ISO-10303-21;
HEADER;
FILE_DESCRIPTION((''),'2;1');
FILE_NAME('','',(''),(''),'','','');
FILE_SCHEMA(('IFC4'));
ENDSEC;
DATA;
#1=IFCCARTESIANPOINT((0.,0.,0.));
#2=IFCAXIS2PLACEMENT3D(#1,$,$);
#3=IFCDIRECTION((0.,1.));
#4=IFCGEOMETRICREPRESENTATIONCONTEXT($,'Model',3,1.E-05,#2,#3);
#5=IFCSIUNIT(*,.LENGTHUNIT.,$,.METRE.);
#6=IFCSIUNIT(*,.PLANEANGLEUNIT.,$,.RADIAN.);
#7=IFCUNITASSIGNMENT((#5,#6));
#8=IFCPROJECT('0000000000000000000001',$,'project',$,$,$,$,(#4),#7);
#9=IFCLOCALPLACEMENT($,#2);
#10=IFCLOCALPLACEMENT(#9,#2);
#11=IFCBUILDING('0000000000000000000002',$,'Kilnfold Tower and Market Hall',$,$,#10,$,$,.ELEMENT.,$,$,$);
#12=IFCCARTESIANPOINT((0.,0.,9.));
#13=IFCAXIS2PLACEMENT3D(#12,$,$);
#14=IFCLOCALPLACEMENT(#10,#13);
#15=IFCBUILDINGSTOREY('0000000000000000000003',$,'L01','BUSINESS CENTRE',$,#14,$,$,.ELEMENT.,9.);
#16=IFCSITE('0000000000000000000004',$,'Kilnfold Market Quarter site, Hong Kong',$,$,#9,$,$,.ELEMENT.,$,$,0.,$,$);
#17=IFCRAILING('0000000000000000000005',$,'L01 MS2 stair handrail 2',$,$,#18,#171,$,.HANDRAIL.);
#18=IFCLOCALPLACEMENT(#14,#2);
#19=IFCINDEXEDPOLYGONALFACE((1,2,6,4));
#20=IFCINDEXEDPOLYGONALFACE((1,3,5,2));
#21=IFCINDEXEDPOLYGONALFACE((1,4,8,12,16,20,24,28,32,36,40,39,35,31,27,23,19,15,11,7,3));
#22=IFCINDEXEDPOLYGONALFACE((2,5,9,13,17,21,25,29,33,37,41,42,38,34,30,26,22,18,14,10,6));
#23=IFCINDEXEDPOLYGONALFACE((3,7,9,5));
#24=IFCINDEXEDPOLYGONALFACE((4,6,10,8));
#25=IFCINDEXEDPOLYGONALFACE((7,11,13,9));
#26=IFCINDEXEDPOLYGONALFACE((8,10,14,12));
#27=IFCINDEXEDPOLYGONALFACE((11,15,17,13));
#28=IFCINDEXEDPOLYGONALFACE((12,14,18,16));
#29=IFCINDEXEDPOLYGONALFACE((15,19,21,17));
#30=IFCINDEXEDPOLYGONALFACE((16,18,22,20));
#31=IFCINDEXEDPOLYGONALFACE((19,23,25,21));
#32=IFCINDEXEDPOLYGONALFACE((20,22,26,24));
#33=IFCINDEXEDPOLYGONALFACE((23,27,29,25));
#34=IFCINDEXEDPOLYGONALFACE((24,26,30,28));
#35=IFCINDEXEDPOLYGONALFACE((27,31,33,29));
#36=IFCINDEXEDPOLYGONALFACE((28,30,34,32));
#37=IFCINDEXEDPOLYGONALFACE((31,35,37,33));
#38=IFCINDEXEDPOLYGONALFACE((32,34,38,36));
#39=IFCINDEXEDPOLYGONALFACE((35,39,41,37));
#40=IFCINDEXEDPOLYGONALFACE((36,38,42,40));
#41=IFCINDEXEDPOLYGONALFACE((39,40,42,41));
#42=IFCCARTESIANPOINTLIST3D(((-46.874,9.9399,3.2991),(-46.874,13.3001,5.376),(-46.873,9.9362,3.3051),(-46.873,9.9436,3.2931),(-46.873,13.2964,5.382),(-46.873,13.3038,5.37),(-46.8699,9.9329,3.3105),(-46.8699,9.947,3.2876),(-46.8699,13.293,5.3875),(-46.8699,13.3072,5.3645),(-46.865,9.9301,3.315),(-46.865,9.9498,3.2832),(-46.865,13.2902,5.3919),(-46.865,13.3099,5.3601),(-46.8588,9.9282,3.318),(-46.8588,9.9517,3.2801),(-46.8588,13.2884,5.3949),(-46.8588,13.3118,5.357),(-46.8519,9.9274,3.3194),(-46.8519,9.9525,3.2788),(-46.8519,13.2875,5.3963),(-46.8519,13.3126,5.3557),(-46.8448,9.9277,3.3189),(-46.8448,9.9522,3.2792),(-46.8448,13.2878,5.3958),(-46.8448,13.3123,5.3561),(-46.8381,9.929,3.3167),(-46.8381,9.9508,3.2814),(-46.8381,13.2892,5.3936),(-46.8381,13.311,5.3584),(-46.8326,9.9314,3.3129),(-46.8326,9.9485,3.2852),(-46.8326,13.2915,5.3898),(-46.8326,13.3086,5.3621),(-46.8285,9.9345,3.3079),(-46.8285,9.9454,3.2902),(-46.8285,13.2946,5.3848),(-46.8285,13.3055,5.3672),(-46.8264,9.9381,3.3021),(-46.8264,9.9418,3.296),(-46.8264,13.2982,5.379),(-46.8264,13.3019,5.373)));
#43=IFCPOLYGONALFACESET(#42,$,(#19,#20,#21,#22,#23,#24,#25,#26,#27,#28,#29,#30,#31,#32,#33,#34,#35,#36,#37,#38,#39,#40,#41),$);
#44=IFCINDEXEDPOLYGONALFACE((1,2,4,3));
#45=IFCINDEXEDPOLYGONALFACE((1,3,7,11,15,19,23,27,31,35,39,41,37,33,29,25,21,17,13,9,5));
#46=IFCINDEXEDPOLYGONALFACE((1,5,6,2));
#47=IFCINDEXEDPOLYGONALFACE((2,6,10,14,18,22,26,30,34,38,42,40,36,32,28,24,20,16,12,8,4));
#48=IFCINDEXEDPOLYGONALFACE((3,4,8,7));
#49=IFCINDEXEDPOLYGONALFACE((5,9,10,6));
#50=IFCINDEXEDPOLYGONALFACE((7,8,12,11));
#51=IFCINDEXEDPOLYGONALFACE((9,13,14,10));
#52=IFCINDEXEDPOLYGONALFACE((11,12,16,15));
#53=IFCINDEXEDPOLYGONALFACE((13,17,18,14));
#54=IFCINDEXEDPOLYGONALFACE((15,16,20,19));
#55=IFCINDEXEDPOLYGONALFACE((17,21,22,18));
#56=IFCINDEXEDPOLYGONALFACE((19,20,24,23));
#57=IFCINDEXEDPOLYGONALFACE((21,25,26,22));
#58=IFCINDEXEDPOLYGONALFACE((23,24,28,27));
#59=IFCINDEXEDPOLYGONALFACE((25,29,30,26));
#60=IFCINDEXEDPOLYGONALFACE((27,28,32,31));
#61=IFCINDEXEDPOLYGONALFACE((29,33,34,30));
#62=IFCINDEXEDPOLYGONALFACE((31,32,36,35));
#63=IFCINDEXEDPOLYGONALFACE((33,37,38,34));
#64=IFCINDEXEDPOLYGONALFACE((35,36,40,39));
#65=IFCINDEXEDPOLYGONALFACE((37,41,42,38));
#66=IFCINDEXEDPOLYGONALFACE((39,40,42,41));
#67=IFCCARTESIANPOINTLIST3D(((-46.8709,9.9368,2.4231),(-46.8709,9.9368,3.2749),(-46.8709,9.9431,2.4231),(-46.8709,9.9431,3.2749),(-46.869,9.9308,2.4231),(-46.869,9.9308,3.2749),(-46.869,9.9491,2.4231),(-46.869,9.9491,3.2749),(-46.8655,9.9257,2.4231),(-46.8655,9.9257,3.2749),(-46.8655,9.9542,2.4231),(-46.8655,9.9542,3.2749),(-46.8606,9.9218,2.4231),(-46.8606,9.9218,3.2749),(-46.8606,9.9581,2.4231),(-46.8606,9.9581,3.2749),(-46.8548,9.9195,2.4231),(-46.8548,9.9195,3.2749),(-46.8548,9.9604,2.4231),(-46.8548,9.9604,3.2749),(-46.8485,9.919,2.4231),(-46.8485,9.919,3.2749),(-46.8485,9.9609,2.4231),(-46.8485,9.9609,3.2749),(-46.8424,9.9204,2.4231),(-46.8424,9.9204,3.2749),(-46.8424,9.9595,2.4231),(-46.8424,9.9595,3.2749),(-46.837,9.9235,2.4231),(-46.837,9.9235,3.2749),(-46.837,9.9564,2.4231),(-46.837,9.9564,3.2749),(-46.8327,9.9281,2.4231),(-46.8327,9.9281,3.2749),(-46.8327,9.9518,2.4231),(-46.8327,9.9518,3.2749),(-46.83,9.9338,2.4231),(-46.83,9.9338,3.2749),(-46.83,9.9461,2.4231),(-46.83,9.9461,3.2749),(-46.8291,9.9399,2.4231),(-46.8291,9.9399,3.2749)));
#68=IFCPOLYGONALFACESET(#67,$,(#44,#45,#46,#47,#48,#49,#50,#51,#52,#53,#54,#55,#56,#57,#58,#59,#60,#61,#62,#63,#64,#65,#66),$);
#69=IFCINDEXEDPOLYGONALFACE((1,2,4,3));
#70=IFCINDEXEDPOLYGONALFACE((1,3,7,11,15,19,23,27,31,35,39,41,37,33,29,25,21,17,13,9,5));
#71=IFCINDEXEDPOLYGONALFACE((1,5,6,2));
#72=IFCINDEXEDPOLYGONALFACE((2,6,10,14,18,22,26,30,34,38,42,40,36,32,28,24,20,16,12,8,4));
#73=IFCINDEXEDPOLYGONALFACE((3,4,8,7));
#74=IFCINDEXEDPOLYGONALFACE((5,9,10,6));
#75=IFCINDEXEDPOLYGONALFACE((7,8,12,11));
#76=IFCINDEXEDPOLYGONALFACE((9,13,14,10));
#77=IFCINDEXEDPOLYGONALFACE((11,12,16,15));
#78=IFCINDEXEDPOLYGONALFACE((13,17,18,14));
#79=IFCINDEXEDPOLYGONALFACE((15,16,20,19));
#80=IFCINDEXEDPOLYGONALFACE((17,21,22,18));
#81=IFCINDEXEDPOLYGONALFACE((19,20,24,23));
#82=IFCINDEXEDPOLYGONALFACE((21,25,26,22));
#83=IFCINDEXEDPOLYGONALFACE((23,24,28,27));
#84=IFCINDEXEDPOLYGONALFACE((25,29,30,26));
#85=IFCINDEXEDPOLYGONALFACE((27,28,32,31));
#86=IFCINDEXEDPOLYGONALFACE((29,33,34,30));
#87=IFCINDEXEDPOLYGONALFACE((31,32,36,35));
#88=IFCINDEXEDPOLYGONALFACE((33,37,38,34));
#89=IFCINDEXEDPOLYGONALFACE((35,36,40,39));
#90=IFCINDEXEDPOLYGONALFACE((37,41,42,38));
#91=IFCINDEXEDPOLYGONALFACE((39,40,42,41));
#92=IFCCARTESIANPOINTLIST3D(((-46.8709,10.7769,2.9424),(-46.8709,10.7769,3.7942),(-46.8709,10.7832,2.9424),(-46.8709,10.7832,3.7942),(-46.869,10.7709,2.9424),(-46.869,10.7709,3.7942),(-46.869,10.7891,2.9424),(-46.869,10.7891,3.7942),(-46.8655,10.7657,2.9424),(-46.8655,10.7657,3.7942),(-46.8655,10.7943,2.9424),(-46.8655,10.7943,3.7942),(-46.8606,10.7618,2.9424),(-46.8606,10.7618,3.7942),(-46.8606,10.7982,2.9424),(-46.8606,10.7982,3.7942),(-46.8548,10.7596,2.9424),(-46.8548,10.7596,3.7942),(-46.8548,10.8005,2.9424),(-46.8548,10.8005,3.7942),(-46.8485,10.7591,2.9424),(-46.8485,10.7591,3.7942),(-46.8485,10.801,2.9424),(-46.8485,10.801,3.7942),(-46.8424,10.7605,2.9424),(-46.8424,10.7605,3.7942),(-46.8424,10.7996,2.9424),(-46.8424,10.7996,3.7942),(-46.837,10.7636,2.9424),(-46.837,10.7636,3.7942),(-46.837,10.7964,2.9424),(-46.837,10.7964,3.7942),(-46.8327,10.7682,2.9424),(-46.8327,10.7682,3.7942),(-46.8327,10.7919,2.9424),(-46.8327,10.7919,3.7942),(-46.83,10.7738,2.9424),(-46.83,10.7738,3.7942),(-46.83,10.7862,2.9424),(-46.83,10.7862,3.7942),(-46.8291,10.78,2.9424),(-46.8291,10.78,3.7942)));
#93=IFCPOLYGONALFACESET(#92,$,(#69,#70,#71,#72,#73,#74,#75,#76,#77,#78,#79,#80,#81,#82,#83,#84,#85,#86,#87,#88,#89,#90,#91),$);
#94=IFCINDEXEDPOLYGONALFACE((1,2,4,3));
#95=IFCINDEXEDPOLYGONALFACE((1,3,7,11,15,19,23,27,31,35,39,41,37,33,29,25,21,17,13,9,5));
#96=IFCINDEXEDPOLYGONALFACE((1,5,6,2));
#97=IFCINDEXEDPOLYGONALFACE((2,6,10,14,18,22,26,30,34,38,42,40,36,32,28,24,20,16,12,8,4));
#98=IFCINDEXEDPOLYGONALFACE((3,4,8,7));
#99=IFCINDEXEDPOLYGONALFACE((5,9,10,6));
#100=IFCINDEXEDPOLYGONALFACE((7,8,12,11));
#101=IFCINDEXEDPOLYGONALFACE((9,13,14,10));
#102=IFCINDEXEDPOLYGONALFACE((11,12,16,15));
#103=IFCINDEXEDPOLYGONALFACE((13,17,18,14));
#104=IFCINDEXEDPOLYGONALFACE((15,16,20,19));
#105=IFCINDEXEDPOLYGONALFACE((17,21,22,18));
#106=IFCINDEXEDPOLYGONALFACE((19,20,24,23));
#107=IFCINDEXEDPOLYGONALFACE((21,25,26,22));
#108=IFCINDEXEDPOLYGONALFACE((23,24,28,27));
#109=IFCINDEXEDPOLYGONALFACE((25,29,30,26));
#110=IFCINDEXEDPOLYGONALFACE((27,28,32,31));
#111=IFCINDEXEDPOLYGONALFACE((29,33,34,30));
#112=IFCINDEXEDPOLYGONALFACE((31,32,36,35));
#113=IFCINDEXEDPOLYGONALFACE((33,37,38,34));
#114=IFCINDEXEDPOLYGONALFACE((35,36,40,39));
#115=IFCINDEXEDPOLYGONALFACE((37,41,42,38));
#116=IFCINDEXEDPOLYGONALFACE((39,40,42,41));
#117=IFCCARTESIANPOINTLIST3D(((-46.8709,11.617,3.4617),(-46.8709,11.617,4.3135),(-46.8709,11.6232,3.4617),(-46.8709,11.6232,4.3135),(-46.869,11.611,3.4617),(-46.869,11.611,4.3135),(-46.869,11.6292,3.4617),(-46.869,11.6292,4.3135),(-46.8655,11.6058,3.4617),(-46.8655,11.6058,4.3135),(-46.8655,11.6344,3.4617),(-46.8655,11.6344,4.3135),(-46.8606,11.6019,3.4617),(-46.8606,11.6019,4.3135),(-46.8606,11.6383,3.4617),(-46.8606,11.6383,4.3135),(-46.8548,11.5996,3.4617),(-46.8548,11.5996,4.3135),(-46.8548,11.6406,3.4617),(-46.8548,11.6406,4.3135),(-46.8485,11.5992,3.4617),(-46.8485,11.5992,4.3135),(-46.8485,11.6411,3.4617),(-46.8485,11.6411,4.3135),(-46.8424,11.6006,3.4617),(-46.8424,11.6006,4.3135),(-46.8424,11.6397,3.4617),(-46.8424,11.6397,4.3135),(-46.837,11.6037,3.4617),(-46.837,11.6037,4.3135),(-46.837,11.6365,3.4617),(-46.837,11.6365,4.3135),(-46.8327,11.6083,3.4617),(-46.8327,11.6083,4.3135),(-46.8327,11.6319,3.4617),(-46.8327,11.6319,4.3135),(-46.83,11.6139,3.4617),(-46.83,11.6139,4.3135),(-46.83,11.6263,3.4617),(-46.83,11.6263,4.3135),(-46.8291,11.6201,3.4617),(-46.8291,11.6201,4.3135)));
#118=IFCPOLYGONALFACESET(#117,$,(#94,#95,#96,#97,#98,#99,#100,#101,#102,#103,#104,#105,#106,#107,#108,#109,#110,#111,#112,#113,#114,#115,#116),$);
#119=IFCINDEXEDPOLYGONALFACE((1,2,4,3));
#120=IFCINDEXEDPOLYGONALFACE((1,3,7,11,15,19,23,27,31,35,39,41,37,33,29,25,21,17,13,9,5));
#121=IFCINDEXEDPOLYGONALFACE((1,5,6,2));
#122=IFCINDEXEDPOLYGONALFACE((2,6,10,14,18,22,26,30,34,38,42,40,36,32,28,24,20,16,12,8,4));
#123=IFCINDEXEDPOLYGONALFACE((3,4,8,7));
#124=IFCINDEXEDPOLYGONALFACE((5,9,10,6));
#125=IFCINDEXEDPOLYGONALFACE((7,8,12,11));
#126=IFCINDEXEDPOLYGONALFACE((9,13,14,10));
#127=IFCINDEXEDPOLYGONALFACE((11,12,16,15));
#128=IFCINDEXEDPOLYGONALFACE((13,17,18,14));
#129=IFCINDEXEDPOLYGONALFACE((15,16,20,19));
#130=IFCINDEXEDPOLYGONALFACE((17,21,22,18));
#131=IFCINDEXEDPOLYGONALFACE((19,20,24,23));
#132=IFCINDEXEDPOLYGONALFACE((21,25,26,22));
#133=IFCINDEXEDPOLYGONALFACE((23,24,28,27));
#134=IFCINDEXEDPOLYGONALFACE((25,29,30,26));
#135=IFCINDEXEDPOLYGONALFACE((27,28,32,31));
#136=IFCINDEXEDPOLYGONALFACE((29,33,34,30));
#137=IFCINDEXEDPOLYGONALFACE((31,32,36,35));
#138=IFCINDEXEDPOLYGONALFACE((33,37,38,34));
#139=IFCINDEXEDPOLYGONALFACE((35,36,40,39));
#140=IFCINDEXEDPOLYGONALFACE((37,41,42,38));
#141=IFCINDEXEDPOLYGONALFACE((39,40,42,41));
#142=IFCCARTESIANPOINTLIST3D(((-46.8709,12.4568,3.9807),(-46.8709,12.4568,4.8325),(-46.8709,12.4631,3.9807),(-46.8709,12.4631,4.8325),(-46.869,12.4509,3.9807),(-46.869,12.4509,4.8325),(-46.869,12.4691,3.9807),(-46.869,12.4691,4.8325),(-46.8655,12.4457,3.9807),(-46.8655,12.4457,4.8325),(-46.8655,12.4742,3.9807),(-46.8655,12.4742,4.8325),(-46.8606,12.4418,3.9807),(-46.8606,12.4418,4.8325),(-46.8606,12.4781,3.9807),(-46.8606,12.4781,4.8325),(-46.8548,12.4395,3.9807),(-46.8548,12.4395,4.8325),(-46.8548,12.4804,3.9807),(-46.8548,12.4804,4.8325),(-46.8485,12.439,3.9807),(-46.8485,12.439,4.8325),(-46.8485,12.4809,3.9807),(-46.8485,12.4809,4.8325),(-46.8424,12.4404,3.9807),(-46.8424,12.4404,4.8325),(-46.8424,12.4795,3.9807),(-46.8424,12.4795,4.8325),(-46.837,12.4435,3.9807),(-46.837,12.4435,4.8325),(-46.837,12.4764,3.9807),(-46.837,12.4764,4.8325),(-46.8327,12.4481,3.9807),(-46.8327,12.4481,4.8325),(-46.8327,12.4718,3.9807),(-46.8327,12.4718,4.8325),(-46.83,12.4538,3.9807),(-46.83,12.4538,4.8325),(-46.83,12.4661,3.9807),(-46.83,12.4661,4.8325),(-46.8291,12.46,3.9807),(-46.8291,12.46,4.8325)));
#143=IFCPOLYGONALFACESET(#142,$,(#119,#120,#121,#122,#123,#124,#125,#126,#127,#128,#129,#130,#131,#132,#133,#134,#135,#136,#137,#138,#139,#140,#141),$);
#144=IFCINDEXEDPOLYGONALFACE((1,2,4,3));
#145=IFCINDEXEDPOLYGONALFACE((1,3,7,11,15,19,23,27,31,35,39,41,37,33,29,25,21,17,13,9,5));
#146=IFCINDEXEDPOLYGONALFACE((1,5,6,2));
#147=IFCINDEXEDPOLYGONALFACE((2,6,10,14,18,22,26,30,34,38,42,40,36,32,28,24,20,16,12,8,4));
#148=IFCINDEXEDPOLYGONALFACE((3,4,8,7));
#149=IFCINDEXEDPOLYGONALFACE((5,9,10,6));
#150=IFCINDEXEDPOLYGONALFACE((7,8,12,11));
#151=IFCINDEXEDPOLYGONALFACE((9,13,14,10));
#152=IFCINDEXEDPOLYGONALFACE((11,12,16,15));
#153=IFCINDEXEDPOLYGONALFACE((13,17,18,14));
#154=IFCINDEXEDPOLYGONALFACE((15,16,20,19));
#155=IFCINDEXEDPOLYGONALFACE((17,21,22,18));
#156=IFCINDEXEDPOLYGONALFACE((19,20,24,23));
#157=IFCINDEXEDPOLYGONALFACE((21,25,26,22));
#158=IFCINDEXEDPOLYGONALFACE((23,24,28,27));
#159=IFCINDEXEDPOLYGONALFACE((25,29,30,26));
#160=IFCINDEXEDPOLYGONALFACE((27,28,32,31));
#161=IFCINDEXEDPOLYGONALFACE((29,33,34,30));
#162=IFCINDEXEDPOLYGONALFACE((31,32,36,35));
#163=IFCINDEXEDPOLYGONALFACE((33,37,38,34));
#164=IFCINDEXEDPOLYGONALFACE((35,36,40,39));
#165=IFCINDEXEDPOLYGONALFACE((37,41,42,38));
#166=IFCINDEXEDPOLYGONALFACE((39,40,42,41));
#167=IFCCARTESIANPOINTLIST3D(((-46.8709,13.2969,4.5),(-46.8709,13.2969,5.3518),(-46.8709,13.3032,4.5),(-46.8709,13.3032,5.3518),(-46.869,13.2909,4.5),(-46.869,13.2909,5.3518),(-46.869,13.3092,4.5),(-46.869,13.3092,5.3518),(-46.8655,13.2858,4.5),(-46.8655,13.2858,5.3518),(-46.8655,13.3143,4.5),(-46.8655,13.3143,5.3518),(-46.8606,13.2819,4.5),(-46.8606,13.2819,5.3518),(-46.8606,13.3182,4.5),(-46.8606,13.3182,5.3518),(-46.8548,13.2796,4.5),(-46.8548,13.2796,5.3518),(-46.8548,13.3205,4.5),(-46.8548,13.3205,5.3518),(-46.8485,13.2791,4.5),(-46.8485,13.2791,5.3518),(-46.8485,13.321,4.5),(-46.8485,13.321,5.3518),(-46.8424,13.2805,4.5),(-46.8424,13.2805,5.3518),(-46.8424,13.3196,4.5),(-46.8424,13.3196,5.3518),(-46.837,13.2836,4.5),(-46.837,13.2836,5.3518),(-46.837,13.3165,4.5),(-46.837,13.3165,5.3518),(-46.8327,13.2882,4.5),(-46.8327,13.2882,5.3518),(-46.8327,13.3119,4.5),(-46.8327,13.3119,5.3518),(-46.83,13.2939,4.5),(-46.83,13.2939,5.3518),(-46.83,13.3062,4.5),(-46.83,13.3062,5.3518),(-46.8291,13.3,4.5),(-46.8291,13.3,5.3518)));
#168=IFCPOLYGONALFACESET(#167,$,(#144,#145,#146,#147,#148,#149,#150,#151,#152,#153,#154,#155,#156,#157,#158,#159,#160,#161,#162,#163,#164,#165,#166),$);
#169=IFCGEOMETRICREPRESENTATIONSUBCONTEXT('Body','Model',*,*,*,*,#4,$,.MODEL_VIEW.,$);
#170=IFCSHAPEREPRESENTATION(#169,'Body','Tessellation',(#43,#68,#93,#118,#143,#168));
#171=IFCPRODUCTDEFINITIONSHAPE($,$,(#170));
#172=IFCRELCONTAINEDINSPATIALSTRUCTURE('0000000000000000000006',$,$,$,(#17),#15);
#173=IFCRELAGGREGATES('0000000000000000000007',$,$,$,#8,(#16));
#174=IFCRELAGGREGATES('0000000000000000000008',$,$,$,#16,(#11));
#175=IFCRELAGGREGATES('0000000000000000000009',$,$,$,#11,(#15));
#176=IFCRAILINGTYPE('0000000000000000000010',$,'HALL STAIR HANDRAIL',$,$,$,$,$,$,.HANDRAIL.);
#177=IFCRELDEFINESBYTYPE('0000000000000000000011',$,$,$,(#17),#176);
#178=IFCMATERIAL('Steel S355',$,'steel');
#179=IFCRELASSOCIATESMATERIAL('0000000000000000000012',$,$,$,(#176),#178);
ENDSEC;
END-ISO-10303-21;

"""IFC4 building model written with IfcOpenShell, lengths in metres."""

from ifc_helpers import new_model, si_unit, direction, frame, origin, origin_2d, place, context, subcontext, project, spatial, circle, extrude, material, type_object, element, save


model = new_model("IFC4")

# Units and contexts
model_context = context("Model", 3, precision=1e-05, world=origin(), true_north=direction((0.0, 1.0)))
body_context = subcontext(model_context, "Body", "Model", "MODEL_VIEW")
ifc_project = project(units=[si_unit("LENGTHUNIT", "METRE"), si_unit("PLANEANGLEUNIT", "RADIAN")], contexts=[model_context])

# Site, building, storey
site_placement = place(None, origin())
site = spatial("IfcSite", under=ifc_project, at=site_placement, Name="Kilnfold Market Quarter site, Hong Kong", CompositionType="ELEMENT", RefElevation=0.0)
building_placement = place(site_placement, origin())
building = spatial("IfcBuilding", under=site, at=building_placement, Name="Kilnfold Tower and Market Hall", CompositionType="ELEMENT")
storey_placement = place(building_placement, frame((0.0, 0.0, 9.0)))
storey = spatial("IfcBuildingStorey", under=building, at=storey_placement, Name="L01", Description="BUSINESS CENTRE", CompositionType="ELEMENT", Elevation=9.0)

# Railing
ifc_material_1 = material(Name="Steel S355", Category="steel")
railing_type_1 = type_object("IfcRailingType", Name="HALL STAIR HANDRAIL", PredefinedType="HANDRAIL", material=ifc_material_1)
railing_1_placement = place(storey_placement, frame((-46.8501, 9.9399, 2.4231)))
element("IfcRailing", 1, at=railing_1_placement, inside=storey, type_object=railing_type_1, Name="L01 MS2 stair handrail 2", PredefinedType="HANDRAIL", context=body_context, shape_type="SweptSolid", body=[
    extrude(circle(Radius=0.0239, at=origin_2d()), frame((0.0, 0.0, 0.876), z_axis=(0.0, 0.850623, 0.525776), x_axis=(-1.0, 0.0, 0.0)), (0.0, 0.0, 1.0), 3.9502),
    extrude(circle(Radius=0.021, at=origin_2d()), origin(), (0.0, 0.0, 1.0), 0.8518),
    extrude(circle(Radius=0.021, at=origin_2d()), frame((0.0, 0.8401, 0.5193)), (0.0, 0.0, 1.0), 0.8518),
    extrude(circle(Radius=0.021, at=origin_2d()), frame((0.0, 1.6802, 1.0386)), (0.0, 0.0, 1.0), 0.8518),
    extrude(circle(Radius=0.021, at=origin_2d()), frame((0.0, 2.52, 1.5576)), (0.0, 0.0, 1.0), 0.8518),
    extrude(circle(Radius=0.021, at=origin_2d()), frame((0.0, 3.3601, 2.0769)), (0.0, 0.0, 1.0), 0.8518),
])

save(model, "model.ifc")
